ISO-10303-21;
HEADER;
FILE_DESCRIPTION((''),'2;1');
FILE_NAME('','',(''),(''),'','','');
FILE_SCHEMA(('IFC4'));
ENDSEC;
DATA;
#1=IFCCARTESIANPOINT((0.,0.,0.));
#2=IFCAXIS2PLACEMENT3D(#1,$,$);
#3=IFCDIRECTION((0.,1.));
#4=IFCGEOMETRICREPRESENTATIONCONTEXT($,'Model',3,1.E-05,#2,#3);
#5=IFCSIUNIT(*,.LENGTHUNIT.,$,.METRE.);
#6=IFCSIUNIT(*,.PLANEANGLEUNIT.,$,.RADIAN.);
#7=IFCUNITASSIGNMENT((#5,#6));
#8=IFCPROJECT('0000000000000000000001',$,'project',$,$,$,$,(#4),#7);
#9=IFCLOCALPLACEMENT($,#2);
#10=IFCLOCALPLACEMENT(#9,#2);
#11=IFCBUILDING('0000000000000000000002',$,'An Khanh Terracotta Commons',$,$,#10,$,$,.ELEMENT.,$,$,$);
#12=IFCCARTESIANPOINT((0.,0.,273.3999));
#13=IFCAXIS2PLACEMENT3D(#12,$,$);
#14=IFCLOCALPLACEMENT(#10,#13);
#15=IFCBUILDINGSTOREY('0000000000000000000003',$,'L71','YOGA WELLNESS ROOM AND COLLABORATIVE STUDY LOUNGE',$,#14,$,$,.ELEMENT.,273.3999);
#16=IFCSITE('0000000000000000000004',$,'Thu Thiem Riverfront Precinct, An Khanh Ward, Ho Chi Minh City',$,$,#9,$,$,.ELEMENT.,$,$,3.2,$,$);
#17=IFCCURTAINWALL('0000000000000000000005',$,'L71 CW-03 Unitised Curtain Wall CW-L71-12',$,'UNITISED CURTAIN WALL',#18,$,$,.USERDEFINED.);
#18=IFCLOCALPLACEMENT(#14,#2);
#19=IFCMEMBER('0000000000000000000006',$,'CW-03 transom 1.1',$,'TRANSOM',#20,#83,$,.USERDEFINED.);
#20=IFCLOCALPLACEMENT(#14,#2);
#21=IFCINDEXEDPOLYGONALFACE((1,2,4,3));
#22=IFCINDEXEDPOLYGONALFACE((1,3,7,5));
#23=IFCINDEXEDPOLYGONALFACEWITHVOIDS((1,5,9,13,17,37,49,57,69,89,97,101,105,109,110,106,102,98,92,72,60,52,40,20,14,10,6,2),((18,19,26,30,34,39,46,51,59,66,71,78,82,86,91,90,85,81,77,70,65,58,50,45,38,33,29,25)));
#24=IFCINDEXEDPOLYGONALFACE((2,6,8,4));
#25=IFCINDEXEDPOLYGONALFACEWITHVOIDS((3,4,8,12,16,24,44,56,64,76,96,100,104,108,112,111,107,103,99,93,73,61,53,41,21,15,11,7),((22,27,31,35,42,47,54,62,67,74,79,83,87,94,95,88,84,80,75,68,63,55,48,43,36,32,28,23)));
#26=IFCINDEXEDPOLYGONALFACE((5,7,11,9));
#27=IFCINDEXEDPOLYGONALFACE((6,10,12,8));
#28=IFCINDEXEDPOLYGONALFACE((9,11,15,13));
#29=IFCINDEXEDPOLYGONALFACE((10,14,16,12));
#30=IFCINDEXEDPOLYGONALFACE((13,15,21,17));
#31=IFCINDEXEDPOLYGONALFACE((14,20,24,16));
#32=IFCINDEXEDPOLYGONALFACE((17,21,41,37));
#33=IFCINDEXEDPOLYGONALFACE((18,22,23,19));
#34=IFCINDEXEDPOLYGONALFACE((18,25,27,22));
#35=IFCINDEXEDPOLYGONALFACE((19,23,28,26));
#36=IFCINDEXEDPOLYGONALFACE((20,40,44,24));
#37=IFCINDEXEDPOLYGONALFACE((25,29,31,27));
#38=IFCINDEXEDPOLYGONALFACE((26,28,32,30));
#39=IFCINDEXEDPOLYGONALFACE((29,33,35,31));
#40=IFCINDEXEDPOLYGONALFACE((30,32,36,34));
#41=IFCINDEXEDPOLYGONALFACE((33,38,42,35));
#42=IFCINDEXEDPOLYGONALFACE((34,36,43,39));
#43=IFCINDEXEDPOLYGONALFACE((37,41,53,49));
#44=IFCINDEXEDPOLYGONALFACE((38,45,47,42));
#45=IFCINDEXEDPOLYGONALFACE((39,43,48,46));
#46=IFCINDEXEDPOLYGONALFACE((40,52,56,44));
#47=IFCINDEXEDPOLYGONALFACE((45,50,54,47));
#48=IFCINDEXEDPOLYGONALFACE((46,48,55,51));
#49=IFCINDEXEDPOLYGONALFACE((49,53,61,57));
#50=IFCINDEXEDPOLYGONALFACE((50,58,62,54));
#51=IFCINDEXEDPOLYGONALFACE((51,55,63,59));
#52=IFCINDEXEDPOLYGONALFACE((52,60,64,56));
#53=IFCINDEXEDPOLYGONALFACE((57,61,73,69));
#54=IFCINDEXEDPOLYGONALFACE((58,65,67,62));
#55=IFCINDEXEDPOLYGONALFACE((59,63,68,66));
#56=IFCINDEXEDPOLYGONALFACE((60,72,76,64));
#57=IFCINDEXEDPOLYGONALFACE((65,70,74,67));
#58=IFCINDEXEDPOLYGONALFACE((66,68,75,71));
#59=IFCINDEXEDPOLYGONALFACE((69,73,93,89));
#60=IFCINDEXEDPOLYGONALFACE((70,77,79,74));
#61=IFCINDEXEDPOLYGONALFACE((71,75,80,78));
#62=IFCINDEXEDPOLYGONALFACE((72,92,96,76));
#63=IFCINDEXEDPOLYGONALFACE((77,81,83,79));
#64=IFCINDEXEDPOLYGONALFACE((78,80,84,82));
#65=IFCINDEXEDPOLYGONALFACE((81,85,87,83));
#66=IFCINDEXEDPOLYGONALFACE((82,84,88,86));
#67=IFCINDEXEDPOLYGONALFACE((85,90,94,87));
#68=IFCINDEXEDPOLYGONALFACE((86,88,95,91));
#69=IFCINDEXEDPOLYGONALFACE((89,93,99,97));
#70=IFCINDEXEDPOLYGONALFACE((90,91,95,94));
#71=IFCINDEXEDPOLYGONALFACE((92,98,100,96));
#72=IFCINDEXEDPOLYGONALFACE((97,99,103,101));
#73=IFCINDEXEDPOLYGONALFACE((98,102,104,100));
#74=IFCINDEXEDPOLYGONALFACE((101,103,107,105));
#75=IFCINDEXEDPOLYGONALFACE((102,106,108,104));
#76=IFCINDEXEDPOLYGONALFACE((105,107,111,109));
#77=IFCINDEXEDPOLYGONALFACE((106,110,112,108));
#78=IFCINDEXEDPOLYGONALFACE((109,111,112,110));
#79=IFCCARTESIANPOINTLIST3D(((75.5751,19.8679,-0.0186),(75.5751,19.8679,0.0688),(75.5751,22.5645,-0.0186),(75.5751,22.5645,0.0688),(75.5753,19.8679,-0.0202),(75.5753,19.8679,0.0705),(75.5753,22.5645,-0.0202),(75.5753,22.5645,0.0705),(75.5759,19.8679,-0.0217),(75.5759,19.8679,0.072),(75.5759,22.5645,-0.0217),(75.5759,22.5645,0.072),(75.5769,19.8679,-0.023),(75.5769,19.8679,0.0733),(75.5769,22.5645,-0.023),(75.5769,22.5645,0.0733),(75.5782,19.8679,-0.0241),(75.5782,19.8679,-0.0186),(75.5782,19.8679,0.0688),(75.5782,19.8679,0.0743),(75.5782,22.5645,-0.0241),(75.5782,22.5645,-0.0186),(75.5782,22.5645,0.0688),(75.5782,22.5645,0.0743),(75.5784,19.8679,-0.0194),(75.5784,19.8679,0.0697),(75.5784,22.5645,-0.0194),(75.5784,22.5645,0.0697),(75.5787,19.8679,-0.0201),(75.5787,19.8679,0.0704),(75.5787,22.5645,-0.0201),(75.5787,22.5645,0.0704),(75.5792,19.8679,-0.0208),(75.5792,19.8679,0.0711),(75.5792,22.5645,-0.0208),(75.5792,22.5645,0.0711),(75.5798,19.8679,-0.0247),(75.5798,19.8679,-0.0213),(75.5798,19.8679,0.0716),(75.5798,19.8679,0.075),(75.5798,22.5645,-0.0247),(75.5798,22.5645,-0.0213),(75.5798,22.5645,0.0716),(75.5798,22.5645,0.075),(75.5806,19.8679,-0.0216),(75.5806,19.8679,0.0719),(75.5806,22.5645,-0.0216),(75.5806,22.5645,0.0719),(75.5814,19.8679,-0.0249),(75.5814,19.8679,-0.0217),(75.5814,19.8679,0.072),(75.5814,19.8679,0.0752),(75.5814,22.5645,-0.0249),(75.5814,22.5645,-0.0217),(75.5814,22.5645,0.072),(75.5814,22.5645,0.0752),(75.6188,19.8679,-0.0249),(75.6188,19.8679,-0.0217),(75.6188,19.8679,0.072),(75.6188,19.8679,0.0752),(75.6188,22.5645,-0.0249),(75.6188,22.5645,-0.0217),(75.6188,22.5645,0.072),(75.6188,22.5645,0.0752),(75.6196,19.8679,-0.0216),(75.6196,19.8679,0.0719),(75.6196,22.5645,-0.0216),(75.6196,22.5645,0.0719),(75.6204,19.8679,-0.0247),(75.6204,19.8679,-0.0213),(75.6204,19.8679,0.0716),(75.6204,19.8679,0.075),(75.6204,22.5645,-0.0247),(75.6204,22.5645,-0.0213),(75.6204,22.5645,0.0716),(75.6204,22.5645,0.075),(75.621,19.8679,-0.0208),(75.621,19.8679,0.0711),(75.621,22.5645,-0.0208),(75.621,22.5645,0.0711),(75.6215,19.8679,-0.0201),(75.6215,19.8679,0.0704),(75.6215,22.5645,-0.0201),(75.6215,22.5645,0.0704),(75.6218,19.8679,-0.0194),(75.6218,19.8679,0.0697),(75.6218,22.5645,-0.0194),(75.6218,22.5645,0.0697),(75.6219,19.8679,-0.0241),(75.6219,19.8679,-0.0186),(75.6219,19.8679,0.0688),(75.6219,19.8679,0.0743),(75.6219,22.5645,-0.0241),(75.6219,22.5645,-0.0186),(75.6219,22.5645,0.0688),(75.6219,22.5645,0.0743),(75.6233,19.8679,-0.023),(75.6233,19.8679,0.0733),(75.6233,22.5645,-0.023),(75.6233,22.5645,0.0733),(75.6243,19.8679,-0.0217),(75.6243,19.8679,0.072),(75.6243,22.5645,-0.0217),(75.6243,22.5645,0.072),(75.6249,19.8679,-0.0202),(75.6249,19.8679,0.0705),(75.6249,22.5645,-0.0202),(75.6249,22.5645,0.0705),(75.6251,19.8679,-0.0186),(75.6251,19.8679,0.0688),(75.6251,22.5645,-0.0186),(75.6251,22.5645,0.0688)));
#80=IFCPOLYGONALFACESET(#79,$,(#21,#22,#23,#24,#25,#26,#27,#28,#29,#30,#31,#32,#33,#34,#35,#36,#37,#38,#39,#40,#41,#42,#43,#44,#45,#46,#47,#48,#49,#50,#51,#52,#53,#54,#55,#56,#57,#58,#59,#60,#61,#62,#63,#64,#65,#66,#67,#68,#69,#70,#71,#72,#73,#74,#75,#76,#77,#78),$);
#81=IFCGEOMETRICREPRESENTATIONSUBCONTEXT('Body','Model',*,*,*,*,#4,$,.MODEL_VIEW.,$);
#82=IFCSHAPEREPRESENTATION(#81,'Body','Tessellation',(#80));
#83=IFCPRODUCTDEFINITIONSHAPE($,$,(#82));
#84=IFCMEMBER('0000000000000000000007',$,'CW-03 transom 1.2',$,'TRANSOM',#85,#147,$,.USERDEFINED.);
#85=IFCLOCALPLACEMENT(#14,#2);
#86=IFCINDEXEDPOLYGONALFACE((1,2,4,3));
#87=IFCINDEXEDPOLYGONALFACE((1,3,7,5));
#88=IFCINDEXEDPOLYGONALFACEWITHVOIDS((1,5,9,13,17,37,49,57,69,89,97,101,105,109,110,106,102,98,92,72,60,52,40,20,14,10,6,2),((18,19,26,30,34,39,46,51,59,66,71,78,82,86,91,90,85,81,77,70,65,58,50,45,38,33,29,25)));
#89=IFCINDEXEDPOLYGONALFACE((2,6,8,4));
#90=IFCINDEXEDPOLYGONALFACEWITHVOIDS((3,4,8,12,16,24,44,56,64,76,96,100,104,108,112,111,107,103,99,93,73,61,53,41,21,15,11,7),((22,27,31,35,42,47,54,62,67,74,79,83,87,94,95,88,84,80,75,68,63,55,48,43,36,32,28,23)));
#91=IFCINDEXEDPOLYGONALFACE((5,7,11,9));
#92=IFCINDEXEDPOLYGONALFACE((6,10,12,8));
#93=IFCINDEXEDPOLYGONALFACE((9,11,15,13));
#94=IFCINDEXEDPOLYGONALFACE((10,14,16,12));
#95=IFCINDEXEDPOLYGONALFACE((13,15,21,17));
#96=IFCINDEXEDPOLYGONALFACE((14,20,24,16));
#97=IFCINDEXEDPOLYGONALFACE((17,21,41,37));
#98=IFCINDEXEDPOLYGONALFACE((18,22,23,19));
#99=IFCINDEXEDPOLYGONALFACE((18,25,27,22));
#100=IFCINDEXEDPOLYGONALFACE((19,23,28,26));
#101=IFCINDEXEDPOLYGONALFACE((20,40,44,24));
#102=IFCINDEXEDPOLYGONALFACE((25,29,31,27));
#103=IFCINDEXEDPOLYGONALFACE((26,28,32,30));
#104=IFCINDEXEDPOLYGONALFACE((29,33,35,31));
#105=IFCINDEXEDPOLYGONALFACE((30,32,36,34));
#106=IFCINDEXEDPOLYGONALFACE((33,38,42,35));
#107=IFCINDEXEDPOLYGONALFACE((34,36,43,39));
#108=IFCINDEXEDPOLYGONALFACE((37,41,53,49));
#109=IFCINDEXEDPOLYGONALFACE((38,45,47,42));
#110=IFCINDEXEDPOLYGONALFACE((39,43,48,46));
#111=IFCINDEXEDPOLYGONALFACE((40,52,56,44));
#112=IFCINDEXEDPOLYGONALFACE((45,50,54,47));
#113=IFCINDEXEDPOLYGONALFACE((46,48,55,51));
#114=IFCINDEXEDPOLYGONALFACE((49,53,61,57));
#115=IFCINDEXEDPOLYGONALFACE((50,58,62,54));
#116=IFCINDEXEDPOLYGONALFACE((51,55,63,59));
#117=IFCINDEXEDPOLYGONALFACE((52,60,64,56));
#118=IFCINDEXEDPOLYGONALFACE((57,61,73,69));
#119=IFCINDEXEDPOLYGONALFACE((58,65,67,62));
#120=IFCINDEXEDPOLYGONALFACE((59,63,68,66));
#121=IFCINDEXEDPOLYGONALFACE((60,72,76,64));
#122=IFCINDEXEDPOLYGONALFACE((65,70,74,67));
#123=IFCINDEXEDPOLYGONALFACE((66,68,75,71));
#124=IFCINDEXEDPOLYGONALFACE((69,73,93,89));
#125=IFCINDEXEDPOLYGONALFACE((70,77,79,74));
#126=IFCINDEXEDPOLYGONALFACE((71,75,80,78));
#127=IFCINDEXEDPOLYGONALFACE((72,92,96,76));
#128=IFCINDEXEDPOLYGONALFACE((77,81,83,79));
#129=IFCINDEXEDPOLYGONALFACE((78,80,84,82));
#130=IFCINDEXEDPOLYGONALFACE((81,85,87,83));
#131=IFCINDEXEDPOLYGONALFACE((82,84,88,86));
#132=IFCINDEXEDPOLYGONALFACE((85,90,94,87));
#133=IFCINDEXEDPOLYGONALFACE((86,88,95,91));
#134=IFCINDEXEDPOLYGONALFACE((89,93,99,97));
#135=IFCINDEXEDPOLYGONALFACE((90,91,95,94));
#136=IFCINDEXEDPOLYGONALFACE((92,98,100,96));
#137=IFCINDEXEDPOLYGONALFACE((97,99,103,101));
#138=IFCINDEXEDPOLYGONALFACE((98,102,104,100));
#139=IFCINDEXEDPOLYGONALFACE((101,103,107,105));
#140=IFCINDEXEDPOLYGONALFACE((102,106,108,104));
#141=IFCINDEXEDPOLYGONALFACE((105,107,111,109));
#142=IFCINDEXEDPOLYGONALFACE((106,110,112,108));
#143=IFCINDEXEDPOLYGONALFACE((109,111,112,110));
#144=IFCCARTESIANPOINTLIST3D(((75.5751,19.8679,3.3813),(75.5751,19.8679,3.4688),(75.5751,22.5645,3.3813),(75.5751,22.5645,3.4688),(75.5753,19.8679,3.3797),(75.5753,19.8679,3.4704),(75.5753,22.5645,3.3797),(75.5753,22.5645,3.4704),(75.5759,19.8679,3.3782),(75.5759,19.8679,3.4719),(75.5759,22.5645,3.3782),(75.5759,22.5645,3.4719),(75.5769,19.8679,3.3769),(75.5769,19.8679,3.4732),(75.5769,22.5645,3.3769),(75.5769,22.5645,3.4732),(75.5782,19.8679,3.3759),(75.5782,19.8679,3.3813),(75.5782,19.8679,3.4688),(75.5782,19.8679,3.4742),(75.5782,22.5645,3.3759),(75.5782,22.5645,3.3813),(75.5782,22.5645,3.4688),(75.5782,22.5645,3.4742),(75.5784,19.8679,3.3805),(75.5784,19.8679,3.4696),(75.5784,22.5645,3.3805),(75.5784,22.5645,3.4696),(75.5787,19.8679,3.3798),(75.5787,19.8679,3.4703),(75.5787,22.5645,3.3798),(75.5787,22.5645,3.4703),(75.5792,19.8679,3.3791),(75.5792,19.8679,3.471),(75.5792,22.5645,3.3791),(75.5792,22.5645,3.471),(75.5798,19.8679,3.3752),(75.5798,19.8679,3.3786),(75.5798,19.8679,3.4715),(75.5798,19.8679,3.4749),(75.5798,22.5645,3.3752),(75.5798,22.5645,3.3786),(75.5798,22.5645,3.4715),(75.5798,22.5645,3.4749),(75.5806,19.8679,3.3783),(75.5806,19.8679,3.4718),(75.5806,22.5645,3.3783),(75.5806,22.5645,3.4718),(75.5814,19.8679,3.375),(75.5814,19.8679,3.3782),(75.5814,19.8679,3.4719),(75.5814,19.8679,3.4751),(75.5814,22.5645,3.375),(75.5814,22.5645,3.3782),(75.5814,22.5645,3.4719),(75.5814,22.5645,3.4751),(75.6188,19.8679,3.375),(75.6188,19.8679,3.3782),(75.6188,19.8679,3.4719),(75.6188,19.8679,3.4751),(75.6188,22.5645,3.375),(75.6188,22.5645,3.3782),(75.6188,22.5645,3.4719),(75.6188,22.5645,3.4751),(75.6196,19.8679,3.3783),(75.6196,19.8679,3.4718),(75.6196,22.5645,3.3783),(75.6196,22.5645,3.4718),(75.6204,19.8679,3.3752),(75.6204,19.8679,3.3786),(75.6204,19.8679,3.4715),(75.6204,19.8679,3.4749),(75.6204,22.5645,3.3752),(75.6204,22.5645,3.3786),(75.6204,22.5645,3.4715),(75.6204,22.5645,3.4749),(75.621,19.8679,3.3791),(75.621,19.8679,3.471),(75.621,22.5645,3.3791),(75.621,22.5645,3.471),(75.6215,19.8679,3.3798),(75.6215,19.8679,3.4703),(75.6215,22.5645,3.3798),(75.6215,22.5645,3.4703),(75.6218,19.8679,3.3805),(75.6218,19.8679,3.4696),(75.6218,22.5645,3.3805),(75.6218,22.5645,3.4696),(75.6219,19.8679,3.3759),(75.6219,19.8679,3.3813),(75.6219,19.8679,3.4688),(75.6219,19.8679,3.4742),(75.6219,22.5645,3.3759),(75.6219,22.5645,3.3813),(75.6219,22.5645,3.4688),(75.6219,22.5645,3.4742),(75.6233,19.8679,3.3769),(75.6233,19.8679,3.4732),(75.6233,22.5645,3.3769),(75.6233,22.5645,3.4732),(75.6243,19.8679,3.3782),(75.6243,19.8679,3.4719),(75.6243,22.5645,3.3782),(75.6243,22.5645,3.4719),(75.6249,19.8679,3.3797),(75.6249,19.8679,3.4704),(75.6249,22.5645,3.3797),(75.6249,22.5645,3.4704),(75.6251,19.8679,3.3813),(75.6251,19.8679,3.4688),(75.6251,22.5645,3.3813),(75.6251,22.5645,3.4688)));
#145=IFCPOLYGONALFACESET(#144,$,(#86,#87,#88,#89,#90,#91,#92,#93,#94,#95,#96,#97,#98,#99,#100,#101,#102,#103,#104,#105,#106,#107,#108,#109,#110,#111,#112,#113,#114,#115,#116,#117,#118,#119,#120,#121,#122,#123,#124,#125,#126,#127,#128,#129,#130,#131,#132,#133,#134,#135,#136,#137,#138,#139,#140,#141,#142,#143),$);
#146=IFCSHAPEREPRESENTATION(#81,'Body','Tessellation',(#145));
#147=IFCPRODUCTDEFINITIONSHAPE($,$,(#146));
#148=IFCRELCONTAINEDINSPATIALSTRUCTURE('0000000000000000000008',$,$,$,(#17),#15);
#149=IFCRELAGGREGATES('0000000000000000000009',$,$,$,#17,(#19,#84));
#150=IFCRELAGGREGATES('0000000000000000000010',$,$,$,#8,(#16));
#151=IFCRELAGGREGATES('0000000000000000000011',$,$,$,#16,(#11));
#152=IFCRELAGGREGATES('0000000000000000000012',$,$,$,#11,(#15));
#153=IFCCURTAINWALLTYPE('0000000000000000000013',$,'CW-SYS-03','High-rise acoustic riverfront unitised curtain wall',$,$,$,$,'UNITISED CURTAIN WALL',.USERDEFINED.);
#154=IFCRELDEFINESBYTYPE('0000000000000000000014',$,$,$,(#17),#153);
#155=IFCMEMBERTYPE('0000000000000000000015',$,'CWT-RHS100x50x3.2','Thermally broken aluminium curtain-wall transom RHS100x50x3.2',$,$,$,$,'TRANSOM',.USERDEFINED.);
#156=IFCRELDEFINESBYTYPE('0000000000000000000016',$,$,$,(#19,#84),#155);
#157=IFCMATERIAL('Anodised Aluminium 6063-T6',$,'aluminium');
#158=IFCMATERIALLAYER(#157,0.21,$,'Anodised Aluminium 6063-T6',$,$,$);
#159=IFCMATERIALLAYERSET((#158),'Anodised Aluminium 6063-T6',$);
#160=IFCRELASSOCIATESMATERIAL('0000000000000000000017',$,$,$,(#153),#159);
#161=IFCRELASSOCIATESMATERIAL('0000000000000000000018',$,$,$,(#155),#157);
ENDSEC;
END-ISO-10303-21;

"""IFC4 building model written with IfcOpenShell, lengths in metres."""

from ifc_helpers import new_model, si_unit, direction, frame, origin, origin_2d, place, context, subcontext, project, spatial, hollow_rectangle, extrude, material, layer, layer_set, material_profile, profile_set, type_object, element, aggregate, save


model = new_model("IFC4")

# Units and contexts
model_context = context("Model", 3, precision=1e-05, world=origin(), true_north=direction((0.0, 1.0)))
body_context = subcontext(model_context, "Body", "Model", "MODEL_VIEW")
ifc_project = project(units=[si_unit("LENGTHUNIT", "METRE"), si_unit("PLANEANGLEUNIT", "RADIAN")], contexts=[model_context])

# Site, building, storey
site_placement = place(None, origin())
site = spatial("IfcSite", under=ifc_project, at=site_placement, Name="Thu Thiem Riverfront Precinct, An Khanh Ward, Ho Chi Minh City", CompositionType="ELEMENT", RefElevation=3.2)
building_placement = place(site_placement, origin())
building = spatial("IfcBuilding", under=site, at=building_placement, Name="An Khanh Terracotta Commons", CompositionType="ELEMENT")
storey_placement = place(building_placement, frame((0.0, 0.0, 273.3999)))
storey = spatial("IfcBuildingStorey", under=building, at=storey_placement, Name="L71", Description="YOGA WELLNESS ROOM AND COLLABORATIVE STUDY LOUNGE", CompositionType="ELEMENT", Elevation=273.3999)

# Curtain wall
ifc_material_1 = material(Name="Anodised Aluminium 6063-T6", Category="aluminium")
ifc_layer_1 = layer(ifc_material_1, 0.21, Name="Anodised Aluminium 6063-T6")
ifc_layer_set_1 = layer_set([ifc_layer_1], Name="Anodised Aluminium 6063-T6")
curtain_wall_type = type_object("IfcCurtainWallType", Name="CW-SYS-03", Description="High-rise acoustic riverfront unitised curtain wall", ElementType="UNITISED CURTAIN WALL", PredefinedType="USERDEFINED", material=ifc_layer_set_1)
curtain_wall_1_placement = place(storey_placement, origin())
curtain_wall_1 = element("IfcCurtainWall", 1, at=curtain_wall_1_placement, inside=storey, type_object=curtain_wall_type, Name="L71 CW-03 Unitised Curtain Wall CW-L71-12", ObjectType="UNITISED CURTAIN WALL", PredefinedType="USERDEFINED")

# Members
ifc_material_profile_1 = material_profile(ifc_material_1, hollow_rectangle(XDim=0.05, YDim=0.1001, WallThickness=0.0032, InnerFilletRadius=0.0032, OuterFilletRadius=0.0063, at=origin_2d()), Name="RHS100x50x3.2")
ifc_profile_set_1 = profile_set([ifc_material_profile_1], Name="Anodised Aluminium 6063-T6")
member_type_1 = type_object("IfcMemberType", Name="CWT-RHS100x50x3.2", Description="Thermally broken aluminium curtain-wall transom RHS100x50x3.2", ElementType="TRANSOM", PredefinedType="USERDEFINED", material=ifc_profile_set_1)
member_1_placement = place(storey_placement, frame((75.6001, 19.8679, 0.0251), z_axis=(0.0, 1.0, 0.0), x_axis=(-1.0, 0.0, 0.0)))
member_1 = element("IfcMember", 2, at=member_1_placement, type_object=member_type_1, Name="CW-03 transom 1.1", ObjectType="TRANSOM", PredefinedType="USERDEFINED", context=body_context, shape_type="SweptSolid", body=[
    extrude(hollow_rectangle(XDim=0.05, YDim=0.1001, WallThickness=0.0032, InnerFilletRadius=0.0032, OuterFilletRadius=0.0063, at=origin_2d()), origin(), (0.0, 0.0, 1.0), 2.6965),
])
member_2_placement = place(storey_placement, frame((75.6001, 19.8679, 3.425), z_axis=(0.0, 1.0, 0.0), x_axis=(-1.0, 0.0, 0.0)))
member_2 = element("IfcMember", 3, at=member_2_placement, type_object=member_type_1, Name="CW-03 transom 1.2", ObjectType="TRANSOM", PredefinedType="USERDEFINED", context=body_context, shape_type="SweptSolid", body=[
    extrude(hollow_rectangle(XDim=0.05, YDim=0.1001, WallThickness=0.0032, InnerFilletRadius=0.0032, OuterFilletRadius=0.0063, at=origin_2d()), origin(), (0.0, 0.0, 1.0), 2.6965),
])

aggregate(curtain_wall_1, [member_1, member_2])

save(model, "model.ifc")
